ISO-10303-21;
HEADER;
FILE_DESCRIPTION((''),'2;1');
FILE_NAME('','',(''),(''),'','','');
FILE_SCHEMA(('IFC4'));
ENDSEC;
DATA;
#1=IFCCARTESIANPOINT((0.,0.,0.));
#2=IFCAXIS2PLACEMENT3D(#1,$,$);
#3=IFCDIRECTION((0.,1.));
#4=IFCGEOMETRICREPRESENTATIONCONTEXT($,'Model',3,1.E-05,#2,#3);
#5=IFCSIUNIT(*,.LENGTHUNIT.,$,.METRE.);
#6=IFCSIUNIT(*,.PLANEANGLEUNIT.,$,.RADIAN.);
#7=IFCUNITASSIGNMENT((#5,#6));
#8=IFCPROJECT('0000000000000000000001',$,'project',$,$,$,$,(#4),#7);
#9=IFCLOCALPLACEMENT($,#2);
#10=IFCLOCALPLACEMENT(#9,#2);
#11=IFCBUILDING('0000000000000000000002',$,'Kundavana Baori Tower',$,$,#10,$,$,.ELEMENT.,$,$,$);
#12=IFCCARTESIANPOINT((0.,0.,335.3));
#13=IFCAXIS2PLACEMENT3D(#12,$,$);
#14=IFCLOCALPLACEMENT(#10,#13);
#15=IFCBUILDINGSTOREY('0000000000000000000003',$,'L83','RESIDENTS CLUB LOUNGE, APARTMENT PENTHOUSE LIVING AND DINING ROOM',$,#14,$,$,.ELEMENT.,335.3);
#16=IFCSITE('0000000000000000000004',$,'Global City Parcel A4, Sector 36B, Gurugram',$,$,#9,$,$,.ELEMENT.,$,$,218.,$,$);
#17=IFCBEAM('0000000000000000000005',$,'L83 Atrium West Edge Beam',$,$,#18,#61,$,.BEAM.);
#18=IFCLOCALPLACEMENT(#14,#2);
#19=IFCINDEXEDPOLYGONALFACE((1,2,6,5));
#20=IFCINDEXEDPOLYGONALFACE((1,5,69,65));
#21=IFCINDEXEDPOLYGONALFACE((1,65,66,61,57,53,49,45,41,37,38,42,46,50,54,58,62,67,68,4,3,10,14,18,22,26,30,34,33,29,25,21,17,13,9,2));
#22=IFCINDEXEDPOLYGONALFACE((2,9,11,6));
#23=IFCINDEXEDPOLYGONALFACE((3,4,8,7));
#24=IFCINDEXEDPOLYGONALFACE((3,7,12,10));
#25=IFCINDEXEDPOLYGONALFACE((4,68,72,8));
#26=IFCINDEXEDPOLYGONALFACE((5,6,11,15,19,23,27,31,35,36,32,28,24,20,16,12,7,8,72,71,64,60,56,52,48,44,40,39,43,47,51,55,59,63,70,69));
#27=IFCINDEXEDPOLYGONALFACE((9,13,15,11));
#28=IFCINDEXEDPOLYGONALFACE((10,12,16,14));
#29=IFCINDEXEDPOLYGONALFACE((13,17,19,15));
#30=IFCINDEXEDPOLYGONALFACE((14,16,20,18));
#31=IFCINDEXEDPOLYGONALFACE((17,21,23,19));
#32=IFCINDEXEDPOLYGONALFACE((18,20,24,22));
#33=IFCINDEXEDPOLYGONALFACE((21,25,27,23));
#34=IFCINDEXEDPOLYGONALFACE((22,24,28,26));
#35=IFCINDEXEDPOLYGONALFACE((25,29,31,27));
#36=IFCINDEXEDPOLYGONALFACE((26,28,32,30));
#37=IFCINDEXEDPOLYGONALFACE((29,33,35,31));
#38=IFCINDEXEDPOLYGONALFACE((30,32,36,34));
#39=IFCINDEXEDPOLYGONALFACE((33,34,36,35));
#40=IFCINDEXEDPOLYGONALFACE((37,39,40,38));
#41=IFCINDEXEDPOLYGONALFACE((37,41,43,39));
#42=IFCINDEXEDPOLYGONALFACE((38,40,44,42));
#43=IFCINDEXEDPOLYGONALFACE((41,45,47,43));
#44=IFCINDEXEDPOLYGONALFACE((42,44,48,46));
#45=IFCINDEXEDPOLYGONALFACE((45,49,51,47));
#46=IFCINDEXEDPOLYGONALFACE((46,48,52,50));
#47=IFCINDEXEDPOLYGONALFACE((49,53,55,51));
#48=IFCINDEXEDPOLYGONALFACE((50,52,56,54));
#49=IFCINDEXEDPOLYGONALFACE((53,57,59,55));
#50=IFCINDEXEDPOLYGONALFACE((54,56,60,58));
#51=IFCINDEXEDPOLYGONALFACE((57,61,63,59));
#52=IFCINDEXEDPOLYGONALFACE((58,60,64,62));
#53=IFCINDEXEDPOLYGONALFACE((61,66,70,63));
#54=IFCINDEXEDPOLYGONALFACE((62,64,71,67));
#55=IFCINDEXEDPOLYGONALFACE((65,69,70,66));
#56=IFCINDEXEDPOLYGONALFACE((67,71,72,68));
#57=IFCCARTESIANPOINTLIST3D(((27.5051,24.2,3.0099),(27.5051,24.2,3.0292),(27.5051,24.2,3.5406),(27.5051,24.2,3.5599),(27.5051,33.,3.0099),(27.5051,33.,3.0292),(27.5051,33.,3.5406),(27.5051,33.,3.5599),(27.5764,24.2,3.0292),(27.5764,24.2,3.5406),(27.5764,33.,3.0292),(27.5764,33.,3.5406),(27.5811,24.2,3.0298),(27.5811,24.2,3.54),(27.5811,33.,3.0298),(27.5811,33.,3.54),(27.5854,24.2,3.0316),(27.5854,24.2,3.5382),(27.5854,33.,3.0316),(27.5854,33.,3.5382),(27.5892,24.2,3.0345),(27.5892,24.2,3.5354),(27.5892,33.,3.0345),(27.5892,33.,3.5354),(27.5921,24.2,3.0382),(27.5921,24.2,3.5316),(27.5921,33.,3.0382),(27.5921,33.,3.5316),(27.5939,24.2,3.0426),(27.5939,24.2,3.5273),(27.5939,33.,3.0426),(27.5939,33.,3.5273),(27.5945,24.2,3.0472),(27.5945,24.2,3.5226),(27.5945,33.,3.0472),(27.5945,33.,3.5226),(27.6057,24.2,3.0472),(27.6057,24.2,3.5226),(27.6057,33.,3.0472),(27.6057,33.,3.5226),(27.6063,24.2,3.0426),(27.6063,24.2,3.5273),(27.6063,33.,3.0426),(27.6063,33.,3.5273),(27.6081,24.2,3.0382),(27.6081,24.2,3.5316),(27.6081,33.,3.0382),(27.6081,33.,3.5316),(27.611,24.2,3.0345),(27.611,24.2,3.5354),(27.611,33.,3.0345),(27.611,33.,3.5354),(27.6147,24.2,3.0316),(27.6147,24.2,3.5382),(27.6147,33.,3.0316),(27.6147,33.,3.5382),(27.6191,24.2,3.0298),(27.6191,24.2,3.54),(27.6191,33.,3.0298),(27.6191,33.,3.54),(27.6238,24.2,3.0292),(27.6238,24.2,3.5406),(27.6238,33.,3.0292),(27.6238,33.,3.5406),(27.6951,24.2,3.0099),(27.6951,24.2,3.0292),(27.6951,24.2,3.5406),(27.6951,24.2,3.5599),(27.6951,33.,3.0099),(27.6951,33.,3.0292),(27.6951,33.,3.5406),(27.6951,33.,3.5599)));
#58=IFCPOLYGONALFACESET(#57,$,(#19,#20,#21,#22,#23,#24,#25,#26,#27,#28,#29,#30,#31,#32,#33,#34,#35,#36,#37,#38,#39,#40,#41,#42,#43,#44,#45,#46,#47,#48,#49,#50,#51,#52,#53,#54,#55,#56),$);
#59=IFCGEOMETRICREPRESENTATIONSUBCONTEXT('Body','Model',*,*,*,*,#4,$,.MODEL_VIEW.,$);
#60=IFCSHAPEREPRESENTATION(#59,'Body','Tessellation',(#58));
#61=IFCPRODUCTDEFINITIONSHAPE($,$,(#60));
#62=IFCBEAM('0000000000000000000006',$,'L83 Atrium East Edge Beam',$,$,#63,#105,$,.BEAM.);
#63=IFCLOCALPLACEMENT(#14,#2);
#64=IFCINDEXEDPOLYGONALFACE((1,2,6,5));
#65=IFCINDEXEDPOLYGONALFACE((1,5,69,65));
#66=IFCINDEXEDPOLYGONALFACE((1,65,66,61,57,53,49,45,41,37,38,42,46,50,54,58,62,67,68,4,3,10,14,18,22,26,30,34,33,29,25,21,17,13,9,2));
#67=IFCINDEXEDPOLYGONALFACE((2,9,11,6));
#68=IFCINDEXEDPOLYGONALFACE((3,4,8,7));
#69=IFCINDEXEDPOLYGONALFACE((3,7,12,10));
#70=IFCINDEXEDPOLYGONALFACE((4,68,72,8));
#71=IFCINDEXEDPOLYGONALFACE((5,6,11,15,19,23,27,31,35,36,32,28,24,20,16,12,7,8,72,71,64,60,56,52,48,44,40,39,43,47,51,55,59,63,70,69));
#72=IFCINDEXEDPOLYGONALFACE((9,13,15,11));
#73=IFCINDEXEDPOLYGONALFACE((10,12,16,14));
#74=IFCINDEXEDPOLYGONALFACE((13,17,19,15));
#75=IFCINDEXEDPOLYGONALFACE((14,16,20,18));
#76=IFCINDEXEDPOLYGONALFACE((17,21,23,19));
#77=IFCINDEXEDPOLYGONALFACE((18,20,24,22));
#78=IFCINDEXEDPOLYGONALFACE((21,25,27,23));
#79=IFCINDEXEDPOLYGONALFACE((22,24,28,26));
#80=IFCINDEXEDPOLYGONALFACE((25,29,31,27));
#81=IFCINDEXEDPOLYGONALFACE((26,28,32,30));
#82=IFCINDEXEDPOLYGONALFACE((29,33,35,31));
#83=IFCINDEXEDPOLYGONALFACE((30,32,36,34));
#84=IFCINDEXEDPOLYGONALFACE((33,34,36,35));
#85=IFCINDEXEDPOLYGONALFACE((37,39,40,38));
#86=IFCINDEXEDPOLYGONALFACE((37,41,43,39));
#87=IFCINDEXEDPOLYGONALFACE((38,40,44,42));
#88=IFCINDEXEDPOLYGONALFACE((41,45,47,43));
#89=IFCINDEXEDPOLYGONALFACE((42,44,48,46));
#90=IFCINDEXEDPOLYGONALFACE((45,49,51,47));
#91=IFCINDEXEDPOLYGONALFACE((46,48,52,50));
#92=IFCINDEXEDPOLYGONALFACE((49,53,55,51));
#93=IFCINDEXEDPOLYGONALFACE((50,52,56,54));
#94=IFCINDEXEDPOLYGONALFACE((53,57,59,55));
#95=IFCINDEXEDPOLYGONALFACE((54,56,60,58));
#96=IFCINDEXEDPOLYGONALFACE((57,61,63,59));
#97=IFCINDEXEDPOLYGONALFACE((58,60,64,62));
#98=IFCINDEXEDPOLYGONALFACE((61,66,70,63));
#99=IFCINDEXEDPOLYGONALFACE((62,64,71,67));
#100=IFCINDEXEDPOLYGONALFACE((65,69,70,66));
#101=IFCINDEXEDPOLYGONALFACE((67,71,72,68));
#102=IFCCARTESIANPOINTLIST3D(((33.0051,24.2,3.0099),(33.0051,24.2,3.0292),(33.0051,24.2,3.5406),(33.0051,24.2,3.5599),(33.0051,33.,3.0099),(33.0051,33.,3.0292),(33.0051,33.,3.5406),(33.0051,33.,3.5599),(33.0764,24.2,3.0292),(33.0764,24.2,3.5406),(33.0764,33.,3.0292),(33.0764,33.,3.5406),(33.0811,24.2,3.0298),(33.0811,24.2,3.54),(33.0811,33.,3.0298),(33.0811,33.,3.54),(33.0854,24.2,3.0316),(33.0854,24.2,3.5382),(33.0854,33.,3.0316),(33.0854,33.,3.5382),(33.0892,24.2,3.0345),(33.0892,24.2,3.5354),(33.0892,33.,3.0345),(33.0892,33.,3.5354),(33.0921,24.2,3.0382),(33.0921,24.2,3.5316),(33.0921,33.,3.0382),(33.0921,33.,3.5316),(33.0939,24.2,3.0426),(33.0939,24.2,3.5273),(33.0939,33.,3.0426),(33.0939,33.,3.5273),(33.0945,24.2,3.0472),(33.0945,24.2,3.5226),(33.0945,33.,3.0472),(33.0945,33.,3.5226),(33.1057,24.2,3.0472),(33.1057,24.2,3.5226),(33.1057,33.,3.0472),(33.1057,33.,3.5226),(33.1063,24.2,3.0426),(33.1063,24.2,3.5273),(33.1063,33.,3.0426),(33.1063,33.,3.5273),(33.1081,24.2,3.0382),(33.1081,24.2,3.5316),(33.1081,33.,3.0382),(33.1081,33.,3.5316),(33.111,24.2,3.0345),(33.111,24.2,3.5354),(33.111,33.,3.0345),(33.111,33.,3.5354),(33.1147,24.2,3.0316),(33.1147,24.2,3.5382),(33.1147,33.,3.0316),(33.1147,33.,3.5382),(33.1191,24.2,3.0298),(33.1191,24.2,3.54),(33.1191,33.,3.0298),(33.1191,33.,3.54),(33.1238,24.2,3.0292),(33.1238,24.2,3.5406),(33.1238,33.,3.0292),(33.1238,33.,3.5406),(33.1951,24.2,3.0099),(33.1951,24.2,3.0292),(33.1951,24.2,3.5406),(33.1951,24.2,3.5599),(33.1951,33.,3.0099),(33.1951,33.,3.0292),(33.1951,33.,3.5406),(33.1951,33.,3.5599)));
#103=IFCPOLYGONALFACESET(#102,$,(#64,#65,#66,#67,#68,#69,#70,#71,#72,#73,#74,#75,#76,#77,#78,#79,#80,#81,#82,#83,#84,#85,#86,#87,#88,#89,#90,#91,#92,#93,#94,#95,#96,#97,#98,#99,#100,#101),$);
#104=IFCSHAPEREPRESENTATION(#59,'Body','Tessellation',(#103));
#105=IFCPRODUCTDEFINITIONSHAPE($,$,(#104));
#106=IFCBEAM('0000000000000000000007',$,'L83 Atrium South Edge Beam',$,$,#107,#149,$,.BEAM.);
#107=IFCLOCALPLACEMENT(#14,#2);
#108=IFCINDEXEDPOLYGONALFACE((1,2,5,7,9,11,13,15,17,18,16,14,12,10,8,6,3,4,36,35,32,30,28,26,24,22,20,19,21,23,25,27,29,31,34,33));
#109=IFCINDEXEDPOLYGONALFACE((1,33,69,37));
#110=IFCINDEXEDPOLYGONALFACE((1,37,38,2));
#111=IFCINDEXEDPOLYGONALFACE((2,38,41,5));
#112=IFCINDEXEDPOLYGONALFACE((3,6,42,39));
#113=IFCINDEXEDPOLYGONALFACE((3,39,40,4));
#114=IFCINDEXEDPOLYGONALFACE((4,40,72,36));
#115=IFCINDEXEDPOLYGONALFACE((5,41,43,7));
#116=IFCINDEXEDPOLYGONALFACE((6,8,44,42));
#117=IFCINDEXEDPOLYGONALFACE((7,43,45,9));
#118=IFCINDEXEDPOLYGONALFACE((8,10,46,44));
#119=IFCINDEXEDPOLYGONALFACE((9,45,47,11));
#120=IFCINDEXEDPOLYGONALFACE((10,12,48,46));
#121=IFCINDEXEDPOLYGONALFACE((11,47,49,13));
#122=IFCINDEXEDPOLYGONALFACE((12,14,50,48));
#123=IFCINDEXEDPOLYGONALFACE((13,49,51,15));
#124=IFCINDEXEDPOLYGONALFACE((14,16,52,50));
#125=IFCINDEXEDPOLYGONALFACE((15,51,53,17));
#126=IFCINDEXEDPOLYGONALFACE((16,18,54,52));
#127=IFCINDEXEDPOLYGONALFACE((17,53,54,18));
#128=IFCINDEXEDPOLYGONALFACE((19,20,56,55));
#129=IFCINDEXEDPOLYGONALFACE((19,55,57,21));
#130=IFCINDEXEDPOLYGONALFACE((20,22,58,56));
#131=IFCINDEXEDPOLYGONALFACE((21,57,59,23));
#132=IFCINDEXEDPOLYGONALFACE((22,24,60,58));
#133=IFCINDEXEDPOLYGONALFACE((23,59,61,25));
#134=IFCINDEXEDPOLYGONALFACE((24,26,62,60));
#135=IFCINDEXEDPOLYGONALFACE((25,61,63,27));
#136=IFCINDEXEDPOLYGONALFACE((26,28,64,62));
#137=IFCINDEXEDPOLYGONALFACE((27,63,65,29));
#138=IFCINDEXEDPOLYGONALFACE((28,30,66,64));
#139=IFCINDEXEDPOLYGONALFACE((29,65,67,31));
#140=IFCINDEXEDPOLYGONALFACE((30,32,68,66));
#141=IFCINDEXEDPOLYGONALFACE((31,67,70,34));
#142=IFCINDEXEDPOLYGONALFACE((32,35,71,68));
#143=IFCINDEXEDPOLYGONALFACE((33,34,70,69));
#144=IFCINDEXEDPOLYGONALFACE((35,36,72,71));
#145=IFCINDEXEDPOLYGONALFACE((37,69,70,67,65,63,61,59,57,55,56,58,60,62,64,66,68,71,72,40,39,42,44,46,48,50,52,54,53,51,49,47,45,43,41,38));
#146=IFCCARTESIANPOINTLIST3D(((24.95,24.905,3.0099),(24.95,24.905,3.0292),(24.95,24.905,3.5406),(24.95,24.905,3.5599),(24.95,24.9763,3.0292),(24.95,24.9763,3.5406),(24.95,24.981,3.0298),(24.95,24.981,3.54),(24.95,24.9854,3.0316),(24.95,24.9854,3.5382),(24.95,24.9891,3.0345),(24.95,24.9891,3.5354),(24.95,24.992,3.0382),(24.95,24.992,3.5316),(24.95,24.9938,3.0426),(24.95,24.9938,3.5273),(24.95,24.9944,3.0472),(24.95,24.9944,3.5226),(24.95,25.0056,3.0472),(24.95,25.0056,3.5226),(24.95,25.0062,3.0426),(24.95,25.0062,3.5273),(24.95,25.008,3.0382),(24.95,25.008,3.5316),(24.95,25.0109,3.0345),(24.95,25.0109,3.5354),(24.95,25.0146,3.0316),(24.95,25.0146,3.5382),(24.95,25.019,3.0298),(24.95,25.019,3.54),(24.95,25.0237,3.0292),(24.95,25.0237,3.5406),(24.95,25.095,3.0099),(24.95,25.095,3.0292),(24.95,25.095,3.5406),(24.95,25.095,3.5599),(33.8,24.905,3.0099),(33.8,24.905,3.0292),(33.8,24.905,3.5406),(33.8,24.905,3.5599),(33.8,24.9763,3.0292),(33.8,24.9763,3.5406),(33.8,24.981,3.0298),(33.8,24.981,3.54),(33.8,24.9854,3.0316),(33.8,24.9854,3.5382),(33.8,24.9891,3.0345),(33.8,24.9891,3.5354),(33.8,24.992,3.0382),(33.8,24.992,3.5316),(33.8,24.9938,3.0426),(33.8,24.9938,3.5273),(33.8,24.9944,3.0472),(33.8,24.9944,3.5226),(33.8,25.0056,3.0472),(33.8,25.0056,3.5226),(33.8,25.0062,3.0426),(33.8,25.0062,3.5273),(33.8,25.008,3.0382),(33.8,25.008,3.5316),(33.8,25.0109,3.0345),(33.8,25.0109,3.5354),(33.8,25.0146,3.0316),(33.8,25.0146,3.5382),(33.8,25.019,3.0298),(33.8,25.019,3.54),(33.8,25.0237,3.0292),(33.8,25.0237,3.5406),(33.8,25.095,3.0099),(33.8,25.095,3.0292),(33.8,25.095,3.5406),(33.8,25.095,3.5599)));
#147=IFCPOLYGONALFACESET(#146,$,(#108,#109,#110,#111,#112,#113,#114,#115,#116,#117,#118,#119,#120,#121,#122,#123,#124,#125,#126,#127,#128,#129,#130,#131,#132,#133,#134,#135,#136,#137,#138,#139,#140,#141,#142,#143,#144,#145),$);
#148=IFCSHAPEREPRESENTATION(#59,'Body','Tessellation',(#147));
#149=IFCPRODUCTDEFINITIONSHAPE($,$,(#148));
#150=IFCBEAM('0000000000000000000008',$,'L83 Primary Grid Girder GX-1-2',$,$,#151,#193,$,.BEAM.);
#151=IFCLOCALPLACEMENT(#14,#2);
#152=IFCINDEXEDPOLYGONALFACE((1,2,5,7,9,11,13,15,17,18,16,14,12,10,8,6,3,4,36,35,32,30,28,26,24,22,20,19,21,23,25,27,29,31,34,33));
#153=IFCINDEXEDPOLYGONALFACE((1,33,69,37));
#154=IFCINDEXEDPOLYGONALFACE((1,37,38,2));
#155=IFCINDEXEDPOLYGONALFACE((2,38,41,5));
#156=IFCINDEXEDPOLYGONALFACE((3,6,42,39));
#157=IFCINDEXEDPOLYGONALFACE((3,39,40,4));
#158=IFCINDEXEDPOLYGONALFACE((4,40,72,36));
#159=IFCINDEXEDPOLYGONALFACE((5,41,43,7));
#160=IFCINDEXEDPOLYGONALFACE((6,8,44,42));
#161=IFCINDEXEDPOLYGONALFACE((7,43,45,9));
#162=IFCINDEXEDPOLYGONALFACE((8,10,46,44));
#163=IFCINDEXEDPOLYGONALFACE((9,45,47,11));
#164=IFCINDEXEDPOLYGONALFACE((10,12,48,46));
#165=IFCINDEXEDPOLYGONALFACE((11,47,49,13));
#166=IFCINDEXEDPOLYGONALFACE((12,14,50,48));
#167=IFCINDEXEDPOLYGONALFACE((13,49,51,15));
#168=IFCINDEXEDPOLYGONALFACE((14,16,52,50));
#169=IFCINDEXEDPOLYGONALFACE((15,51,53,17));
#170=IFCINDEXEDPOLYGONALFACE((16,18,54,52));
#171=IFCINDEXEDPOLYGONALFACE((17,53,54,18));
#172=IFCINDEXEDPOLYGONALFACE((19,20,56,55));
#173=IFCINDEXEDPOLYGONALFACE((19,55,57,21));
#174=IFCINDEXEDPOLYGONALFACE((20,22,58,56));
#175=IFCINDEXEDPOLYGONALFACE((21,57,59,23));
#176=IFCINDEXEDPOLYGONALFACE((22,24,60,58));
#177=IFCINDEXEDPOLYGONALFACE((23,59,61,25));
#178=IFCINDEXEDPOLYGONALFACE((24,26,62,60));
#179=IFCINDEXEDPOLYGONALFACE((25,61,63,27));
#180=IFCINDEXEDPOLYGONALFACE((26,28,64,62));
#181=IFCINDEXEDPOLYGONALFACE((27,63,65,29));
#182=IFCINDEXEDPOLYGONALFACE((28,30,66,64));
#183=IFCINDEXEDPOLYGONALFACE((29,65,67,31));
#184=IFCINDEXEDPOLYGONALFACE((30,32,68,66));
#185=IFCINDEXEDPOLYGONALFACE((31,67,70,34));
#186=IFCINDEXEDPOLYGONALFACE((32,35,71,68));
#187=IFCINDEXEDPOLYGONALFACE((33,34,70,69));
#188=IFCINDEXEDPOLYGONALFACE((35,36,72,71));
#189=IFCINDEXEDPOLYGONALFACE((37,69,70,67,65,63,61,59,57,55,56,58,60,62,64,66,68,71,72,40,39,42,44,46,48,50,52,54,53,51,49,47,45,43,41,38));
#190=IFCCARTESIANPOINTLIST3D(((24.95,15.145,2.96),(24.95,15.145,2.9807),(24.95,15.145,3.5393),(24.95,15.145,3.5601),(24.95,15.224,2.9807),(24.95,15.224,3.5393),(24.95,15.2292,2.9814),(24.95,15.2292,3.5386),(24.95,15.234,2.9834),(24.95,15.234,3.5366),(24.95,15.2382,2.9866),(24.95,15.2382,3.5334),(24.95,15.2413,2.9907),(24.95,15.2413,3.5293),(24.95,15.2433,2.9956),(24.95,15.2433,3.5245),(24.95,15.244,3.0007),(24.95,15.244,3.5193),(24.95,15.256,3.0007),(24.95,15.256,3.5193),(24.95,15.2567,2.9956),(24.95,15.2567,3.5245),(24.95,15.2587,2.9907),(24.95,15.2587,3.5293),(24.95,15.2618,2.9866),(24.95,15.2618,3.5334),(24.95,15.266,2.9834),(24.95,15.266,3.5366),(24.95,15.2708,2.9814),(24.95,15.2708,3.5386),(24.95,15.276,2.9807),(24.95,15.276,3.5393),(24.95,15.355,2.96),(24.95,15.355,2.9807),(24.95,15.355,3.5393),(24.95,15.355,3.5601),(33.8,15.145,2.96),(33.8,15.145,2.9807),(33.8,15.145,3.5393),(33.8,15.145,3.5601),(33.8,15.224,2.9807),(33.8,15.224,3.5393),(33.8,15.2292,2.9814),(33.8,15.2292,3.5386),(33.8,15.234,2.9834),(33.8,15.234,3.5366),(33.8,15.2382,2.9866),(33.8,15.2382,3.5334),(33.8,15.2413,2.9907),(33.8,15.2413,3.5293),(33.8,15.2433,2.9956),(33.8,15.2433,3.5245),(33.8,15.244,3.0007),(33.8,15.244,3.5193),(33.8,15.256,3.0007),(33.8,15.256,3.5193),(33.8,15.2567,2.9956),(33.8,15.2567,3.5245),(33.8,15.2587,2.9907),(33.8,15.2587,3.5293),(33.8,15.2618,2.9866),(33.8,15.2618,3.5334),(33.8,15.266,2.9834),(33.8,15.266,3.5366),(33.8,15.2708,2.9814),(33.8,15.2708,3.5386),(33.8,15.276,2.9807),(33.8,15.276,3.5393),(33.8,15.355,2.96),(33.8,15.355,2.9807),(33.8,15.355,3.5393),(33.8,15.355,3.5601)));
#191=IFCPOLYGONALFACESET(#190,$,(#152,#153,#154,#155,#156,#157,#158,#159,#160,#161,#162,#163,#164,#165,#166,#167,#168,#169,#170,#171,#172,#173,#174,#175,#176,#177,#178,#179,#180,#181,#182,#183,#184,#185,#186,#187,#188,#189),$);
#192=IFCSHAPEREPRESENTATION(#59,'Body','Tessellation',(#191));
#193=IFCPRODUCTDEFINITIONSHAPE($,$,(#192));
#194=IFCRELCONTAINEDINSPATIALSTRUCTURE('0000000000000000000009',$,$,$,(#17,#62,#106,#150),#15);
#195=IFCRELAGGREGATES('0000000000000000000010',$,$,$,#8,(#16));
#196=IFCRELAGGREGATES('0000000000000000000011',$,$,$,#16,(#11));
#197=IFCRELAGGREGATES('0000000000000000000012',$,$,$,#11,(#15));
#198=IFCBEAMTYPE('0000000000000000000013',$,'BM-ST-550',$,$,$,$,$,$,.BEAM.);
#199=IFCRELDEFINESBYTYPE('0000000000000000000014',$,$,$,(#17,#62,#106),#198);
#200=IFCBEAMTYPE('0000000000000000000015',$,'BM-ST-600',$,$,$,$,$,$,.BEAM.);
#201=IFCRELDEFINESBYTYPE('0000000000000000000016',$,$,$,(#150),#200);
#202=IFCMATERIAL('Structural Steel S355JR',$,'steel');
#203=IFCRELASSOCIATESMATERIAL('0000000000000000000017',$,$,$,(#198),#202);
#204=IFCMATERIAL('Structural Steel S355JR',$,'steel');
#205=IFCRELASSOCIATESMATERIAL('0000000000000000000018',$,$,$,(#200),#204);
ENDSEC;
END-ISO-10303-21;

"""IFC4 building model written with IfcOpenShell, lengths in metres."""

from ifc_helpers import new_model, si_unit, direction, frame, origin, origin_2d, place, context, subcontext, project, spatial, i_section, extrude, material, material_profile, profile_set, type_object, element, save


model = new_model("IFC4")

# Units and contexts
model_context = context("Model", 3, precision=1e-05, world=origin(), true_north=direction((0.0, 1.0)))
body_context = subcontext(model_context, "Body", "Model", "MODEL_VIEW")
ifc_project = project(units=[si_unit("LENGTHUNIT", "METRE"), si_unit("PLANEANGLEUNIT", "RADIAN")], contexts=[model_context])

# Site, building, storey
site_placement = place(None, origin())
site = spatial("IfcSite", under=ifc_project, at=site_placement, Name="Global City Parcel A4, Sector 36B, Gurugram", CompositionType="ELEMENT", RefElevation=218.0)
building_placement = place(site_placement, origin())
building = spatial("IfcBuilding", under=site, at=building_placement, Name="Kundavana Baori Tower", CompositionType="ELEMENT")
storey_placement = place(building_placement, frame((0.0, 0.0, 335.3)))
storey = spatial("IfcBuildingStorey", under=building, at=storey_placement, Name="L83", Description="RESIDENTS CLUB LOUNGE, APARTMENT PENTHOUSE LIVING AND DINING ROOM", CompositionType="ELEMENT", Elevation=335.3)

# Beams
ifc_material_1 = material(Name="Structural Steel S355JR", Category="steel")
ifc_material_profile_1 = material_profile(ifc_material_1, i_section(OverallWidth=0.1899, OverallDepth=0.55, WebThickness=0.0112, FlangeThickness=0.0193, FilletRadius=0.0181, at=origin_2d()), Name="ISMB 550")
ifc_profile_set_1 = profile_set([ifc_material_profile_1], Name="Structural Steel S355JR")
beam_type_1 = type_object("IfcBeamType", Name="BM-ST-550", PredefinedType="BEAM", material=ifc_profile_set_1)
for number, where, z_axis, x_axis, name in (
    (1, (27.6001, 24.2, 3.2849), (0.0, 1.0, 0.0), (-1.0, 0.0, 0.0), "L83 Atrium West Edge Beam"),
    (2, (33.1001, 24.2, 3.2849), (0.0, 1.0, 0.0), (-1.0, 0.0, 0.0), "L83 Atrium East Edge Beam"),
):
    element("IfcBeam", number, at=place(storey_placement, frame(where, z_axis=z_axis, x_axis=x_axis)), inside=storey, type_object=beam_type_1, Name=name, PredefinedType="BEAM", context=body_context, shape_type="SweptSolid", body=[
        extrude(i_section(OverallWidth=0.1899, OverallDepth=0.55, WebThickness=0.0112, FlangeThickness=0.0193, FilletRadius=0.0181, at=origin_2d()), origin(), (0.0, 0.0, 1.0), 8.8),
    ])
beam_1_placement = place(storey_placement, frame((24.95, 25.0, 3.2849), z_axis=(1.0, 0.0, 0.0), x_axis=(0.0, 1.0, 0.0)))
element("IfcBeam", 3, at=beam_1_placement, inside=storey, type_object=beam_type_1, Name="L83 Atrium South Edge Beam", PredefinedType="BEAM", context=body_context, shape_type="SweptSolid", body=[
    extrude(i_section(OverallWidth=0.1899, OverallDepth=0.55, WebThickness=0.0112, FlangeThickness=0.0193, FilletRadius=0.0181, at=origin_2d()), origin(), (0.0, 0.0, 1.0), 8.8501),
])
ifc_material_2 = material(Name="Structural Steel S355JR", Category="steel")
ifc_material_profile_2 = material_profile(ifc_material_2, i_section(OverallWidth=0.21, OverallDepth=0.6001, WebThickness=0.012, FlangeThickness=0.0208, FilletRadius=0.02, at=origin_2d()), Name="ISMB 600")
ifc_profile_set_2 = profile_set([ifc_material_profile_2], Name="Structural Steel S355JR")
beam_type_2 = type_object("IfcBeamType", Name="BM-ST-600", PredefinedType="BEAM", material=ifc_profile_set_2)
for number, where, z_axis, x_axis, name in (
    (4, (24.95, 15.25, 3.26), (1.0, 0.0, 0.0), (0.0, 1.0, 0.0), "L83 Primary Grid Girder GX-1-2"),
):
    element("IfcBeam", number, at=place(storey_placement, frame(where, z_axis=z_axis, x_axis=x_axis)), inside=storey, type_object=beam_type_2, Name=name, PredefinedType="BEAM", context=body_context, shape_type="SweptSolid", body=[
        extrude(i_section(OverallWidth=0.21, OverallDepth=0.6001, WebThickness=0.012, FlangeThickness=0.0208, FilletRadius=0.02, at=origin_2d()), origin(), (0.0, 0.0, 1.0), 8.8501),
    ])

save(model, "model.ifc")
